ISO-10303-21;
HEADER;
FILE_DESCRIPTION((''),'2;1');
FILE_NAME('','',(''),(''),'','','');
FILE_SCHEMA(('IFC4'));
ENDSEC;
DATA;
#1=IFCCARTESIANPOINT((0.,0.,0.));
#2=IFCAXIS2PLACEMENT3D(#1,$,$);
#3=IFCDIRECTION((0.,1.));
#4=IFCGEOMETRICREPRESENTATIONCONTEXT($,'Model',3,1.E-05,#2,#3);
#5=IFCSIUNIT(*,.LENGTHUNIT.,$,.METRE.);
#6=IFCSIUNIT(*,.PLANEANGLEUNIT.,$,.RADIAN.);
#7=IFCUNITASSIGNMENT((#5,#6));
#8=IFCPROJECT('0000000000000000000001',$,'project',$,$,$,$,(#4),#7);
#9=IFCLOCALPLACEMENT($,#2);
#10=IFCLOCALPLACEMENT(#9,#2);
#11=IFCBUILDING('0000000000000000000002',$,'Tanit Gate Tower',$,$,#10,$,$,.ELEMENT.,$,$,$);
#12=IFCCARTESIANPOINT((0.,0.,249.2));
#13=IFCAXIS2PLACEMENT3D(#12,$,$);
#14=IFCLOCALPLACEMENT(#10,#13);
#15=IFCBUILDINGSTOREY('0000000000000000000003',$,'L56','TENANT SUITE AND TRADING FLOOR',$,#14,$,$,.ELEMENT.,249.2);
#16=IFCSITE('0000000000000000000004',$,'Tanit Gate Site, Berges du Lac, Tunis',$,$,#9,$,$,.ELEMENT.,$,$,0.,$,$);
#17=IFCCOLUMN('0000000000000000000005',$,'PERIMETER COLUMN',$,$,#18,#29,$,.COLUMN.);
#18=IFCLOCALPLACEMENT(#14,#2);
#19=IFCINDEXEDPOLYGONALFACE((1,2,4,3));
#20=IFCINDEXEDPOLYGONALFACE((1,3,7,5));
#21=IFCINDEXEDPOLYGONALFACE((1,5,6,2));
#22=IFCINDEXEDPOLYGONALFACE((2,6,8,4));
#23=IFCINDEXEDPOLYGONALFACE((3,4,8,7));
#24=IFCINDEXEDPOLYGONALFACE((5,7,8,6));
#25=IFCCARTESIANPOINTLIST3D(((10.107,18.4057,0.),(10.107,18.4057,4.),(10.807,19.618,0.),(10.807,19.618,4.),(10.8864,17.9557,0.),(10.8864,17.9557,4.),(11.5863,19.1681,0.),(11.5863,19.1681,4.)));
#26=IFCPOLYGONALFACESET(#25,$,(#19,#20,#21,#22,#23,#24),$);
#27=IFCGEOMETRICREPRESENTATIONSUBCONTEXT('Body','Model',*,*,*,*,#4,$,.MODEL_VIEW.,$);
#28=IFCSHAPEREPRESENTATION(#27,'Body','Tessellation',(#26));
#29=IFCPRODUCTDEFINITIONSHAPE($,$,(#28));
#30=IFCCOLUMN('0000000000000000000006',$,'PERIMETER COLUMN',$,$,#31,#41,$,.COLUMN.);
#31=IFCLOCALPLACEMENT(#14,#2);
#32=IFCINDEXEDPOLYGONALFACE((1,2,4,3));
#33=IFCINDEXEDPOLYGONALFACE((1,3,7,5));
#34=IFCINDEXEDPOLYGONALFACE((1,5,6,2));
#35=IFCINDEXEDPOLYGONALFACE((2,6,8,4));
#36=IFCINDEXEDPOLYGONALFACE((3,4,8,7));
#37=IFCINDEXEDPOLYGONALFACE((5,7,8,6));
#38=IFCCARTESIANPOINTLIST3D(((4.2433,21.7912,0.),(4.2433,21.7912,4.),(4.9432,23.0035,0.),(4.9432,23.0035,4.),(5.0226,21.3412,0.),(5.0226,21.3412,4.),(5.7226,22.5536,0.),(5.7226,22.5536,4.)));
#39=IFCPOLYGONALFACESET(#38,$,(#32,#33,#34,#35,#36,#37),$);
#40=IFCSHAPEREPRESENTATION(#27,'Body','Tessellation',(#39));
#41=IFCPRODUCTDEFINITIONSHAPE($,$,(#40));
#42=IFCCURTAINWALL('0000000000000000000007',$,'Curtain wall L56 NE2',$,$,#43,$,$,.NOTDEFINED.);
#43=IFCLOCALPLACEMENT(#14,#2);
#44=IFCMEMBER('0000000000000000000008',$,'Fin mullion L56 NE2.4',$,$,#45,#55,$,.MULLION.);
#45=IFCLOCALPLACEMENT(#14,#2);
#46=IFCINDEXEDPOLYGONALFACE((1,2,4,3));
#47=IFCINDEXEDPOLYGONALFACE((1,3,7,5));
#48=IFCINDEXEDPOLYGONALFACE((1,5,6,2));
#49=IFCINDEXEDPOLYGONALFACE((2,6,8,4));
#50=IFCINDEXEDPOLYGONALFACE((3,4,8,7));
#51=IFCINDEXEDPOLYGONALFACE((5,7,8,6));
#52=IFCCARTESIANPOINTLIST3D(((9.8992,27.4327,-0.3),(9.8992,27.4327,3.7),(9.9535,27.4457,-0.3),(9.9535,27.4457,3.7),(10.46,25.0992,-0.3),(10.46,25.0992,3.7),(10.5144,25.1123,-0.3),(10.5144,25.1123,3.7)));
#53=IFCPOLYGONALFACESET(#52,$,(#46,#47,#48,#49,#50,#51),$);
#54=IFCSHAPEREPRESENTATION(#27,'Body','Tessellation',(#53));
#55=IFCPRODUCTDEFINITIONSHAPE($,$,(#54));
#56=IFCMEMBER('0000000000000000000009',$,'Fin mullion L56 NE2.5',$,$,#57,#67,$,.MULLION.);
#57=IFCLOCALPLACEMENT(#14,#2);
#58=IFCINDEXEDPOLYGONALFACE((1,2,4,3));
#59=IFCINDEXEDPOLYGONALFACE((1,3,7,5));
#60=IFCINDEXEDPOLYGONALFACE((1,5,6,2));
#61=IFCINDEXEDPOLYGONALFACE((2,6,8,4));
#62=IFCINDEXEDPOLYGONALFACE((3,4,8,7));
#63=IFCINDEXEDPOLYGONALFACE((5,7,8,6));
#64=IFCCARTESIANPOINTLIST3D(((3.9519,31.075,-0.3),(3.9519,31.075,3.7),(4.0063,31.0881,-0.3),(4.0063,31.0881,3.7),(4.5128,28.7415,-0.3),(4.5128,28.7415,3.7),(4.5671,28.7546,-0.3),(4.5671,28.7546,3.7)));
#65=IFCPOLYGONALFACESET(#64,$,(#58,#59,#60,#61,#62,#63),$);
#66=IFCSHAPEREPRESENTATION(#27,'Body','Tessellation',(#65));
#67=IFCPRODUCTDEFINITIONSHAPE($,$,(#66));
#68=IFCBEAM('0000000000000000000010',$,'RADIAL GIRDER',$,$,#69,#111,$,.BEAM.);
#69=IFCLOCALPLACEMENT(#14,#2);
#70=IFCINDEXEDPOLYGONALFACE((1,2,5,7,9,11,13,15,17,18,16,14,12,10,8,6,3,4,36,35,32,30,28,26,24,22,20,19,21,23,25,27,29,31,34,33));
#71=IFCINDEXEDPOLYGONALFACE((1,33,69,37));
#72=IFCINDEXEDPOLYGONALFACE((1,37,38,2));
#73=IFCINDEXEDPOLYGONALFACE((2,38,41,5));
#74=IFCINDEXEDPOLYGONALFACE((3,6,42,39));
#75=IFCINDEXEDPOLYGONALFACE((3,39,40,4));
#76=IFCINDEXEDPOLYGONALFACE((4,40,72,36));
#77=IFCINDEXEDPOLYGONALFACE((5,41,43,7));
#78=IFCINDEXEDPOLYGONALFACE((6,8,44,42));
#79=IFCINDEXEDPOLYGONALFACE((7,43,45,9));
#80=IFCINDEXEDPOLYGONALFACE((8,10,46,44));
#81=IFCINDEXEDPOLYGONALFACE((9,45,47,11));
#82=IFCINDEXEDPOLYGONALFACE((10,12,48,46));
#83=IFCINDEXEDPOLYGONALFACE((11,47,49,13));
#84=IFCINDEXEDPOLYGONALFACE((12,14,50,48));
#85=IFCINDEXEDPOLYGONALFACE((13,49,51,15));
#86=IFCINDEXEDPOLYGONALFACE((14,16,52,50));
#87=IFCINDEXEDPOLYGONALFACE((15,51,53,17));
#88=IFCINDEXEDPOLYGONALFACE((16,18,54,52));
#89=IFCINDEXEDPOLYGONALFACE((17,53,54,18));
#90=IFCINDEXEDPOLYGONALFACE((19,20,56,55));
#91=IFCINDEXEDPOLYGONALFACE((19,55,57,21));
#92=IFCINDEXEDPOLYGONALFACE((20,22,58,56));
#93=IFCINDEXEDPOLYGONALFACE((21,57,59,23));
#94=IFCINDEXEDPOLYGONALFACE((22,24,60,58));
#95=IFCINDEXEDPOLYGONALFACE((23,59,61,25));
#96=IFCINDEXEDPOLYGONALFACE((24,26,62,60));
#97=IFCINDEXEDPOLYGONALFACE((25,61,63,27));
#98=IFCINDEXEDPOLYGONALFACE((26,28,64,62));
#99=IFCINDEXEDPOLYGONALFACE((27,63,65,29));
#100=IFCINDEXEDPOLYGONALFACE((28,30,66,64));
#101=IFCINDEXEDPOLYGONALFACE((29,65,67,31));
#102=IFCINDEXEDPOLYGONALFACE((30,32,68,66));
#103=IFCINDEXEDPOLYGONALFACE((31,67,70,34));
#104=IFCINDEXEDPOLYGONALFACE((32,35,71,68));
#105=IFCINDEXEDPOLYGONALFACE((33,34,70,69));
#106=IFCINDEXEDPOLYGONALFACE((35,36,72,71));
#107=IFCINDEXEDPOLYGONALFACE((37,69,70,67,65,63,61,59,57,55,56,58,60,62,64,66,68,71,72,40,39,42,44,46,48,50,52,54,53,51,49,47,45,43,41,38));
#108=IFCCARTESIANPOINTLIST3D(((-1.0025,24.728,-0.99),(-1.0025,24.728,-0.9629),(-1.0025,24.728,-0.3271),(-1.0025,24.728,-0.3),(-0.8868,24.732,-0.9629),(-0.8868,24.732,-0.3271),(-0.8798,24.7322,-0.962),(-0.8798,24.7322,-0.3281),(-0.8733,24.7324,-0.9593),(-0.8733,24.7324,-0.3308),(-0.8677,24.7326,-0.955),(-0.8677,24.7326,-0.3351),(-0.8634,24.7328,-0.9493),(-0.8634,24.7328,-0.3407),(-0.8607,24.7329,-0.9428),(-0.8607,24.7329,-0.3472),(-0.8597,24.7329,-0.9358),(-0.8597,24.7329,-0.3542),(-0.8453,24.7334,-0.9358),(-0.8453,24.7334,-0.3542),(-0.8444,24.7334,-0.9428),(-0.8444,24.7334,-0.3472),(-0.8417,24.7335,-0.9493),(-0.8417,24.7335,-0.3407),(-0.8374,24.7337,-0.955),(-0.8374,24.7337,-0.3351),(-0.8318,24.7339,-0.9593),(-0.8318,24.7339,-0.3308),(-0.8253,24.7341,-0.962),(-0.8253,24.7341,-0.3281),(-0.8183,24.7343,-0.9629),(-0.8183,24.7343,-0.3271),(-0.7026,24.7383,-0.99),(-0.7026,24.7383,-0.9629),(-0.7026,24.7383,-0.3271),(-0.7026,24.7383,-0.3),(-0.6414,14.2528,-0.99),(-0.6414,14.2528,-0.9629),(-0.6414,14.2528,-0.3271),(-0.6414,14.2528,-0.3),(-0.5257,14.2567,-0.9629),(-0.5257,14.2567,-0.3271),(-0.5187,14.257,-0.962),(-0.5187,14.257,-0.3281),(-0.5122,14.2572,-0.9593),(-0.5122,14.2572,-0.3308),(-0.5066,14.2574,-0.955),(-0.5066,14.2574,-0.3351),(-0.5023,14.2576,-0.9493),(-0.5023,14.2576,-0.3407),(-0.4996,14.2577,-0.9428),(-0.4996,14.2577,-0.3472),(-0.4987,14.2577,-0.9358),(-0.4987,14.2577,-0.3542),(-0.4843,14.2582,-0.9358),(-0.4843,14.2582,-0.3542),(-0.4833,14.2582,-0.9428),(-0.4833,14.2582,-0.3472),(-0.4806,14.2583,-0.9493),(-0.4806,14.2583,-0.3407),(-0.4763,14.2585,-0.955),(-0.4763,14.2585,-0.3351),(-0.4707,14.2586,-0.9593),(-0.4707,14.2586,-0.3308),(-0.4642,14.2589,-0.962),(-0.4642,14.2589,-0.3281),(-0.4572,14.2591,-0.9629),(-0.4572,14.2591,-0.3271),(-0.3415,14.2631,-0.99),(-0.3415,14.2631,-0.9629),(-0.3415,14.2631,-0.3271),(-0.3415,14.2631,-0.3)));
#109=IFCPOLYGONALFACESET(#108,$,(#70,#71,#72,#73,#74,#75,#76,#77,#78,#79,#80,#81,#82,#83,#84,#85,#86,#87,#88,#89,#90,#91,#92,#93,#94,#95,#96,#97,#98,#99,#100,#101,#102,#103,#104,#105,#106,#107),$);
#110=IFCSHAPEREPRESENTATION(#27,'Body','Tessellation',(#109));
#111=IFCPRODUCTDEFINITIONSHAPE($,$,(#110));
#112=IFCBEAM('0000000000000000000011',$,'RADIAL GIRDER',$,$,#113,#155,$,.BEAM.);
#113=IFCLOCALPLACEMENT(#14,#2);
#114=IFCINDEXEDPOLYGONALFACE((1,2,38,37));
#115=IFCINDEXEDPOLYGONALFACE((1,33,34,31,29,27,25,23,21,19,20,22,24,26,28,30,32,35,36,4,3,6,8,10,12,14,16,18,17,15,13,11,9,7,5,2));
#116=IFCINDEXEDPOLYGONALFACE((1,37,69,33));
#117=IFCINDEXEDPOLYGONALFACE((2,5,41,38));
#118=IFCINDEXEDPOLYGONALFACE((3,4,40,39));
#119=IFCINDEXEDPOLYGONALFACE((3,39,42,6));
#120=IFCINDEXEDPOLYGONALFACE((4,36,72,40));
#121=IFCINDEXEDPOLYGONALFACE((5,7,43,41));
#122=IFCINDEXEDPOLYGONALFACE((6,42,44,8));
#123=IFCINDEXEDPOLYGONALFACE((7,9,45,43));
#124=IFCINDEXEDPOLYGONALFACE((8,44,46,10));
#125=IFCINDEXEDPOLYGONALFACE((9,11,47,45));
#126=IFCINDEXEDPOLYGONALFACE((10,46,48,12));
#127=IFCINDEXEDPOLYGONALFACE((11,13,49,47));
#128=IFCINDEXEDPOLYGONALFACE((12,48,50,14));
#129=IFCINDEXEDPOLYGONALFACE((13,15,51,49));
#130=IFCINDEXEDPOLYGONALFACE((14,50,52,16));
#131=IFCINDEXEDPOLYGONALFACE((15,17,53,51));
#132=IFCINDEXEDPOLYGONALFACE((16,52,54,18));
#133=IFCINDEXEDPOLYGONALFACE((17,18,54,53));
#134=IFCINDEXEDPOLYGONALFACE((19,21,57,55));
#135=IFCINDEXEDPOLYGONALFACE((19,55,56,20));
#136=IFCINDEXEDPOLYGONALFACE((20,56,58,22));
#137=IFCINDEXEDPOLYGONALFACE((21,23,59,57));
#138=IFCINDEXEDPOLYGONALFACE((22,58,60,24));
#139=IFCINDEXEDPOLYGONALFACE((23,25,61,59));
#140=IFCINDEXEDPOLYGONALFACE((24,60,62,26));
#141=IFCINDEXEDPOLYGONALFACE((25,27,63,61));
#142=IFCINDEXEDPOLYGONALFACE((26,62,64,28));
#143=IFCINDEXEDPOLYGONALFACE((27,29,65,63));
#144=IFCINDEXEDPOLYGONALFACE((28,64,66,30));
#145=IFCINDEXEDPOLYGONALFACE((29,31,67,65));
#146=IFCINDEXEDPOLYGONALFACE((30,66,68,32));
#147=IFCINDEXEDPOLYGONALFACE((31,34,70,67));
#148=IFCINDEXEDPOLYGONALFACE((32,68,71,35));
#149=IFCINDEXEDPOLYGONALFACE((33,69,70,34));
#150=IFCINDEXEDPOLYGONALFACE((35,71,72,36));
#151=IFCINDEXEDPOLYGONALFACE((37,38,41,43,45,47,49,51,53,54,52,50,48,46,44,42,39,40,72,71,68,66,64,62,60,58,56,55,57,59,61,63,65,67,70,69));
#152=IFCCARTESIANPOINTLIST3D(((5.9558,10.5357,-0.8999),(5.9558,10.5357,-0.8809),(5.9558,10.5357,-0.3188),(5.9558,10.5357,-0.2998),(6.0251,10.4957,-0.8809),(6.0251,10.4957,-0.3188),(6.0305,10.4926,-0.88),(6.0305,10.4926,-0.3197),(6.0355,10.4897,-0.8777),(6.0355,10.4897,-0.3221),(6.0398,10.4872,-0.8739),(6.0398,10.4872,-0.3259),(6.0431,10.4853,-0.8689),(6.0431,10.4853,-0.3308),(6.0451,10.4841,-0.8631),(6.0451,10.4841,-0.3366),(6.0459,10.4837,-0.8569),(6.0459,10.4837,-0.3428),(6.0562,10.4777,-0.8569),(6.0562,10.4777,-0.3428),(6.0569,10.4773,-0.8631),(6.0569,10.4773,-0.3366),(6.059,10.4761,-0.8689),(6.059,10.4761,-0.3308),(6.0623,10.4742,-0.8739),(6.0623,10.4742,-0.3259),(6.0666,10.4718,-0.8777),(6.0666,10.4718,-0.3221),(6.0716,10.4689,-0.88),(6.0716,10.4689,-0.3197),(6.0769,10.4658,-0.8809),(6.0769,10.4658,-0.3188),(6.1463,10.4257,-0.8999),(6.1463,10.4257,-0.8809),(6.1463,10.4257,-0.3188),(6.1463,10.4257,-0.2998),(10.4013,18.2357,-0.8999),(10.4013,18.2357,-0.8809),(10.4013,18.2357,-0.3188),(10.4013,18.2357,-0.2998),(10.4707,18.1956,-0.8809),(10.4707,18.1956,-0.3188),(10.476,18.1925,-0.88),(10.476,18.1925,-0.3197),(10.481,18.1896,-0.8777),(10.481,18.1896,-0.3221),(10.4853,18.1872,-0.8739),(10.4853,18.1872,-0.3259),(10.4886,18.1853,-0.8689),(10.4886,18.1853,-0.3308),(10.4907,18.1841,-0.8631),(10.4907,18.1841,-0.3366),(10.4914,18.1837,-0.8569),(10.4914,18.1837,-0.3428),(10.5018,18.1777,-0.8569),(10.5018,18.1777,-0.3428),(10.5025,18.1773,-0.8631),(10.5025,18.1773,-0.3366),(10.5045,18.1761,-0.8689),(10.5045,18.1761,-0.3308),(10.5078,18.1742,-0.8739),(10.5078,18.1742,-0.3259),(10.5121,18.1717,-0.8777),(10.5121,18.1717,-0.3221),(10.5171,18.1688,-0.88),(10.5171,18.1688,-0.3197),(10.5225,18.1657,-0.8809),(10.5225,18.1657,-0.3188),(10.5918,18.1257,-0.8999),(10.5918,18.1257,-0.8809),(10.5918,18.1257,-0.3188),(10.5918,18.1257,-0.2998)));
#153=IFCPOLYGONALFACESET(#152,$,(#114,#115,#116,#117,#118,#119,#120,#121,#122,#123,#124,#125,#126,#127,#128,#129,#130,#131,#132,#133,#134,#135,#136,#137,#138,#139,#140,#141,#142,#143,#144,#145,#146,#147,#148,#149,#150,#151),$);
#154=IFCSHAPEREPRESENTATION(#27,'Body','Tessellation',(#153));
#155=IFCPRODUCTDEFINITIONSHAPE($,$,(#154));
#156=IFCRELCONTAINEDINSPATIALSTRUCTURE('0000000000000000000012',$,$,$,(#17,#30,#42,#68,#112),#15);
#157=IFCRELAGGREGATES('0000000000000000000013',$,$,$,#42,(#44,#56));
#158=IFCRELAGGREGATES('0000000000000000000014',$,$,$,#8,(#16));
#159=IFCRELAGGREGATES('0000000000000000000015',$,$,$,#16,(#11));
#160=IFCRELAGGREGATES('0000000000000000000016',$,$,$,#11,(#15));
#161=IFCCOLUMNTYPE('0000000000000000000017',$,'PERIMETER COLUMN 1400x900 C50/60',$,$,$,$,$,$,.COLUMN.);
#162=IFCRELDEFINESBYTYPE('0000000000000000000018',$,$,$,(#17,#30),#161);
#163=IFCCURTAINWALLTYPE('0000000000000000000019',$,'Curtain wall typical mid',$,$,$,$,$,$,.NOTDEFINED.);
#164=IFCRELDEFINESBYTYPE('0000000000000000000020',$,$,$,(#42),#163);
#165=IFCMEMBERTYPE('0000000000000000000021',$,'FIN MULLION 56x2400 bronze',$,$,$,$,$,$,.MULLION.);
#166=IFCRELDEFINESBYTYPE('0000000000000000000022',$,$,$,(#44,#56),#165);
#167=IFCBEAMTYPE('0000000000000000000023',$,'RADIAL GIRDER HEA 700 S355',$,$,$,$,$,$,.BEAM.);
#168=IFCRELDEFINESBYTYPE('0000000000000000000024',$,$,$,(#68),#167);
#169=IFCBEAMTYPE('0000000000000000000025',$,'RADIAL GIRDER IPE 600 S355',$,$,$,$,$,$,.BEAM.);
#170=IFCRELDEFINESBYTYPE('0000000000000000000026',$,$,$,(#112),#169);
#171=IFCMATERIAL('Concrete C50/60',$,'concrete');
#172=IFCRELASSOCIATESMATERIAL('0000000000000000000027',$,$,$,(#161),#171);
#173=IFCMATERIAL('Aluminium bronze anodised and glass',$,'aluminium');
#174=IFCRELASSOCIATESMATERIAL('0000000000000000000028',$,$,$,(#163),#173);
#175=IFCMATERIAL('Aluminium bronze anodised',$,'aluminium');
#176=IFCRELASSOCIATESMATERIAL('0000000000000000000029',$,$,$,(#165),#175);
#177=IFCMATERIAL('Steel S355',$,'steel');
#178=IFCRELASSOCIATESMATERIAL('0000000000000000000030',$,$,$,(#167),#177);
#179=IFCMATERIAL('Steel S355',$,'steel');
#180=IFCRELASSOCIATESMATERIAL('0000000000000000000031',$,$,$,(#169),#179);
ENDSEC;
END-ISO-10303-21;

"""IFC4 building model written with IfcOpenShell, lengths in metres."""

from ifc_helpers import new_model, si_unit, direction, frame, origin, origin_2d, place, context, subcontext, project, spatial, rectangle, i_section, extrude, material, material_profile, profile_set, type_object, element, aggregate, save


model = new_model("IFC4")

# Units and contexts
model_context = context("Model", 3, precision=1e-05, world=origin(), true_north=direction((0.0, 1.0)))
body_context = subcontext(model_context, "Body", "Model", "MODEL_VIEW")
ifc_project = project(units=[si_unit("LENGTHUNIT", "METRE"), si_unit("PLANEANGLEUNIT", "RADIAN")], contexts=[model_context])

# Site, building, storey
site_placement = place(None, origin())
site = spatial("IfcSite", under=ifc_project, at=site_placement, Name="Tanit Gate Site, Berges du Lac, Tunis", CompositionType="ELEMENT", RefElevation=0.0)
building_placement = place(site_placement, origin())
building = spatial("IfcBuilding", under=site, at=building_placement, Name="Tanit Gate Tower", CompositionType="ELEMENT")
storey_placement = place(building_placement, frame((0.0, 0.0, 249.2)))
storey = spatial("IfcBuildingStorey", under=building, at=storey_placement, Name="L56", Description="TENANT SUITE AND TRADING FLOOR", CompositionType="ELEMENT", Elevation=249.2)

# Columns
ifc_material_1 = material(Name="Concrete C50/60", Category="concrete")
ifc_material_profile_1 = material_profile(ifc_material_1, rectangle(XDim=1.3999, YDim=0.8999, at=origin_2d()), Name="RC 1400x900")
ifc_profile_set_1 = profile_set([ifc_material_profile_1], Name="Concrete C50/60")
column_type = type_object("IfcColumnType", Name="PERIMETER COLUMN 1400x900 C50/60", PredefinedType="COLUMN", material=ifc_profile_set_1)
for number, where, z_axis, x_axis, name in (
    (1, (10.8467, 18.7869, 0.0), (0.0, 0.0, 1.0), (0.5, 0.866025, 0.0), "PERIMETER COLUMN"),
    (2, (4.9829, 22.1724, 0.0), (0.0, 0.0, 1.0), (0.5, 0.866025, 0.0), "PERIMETER COLUMN"),
):
    element("IfcColumn", number, at=place(storey_placement, frame(where, z_axis=z_axis, x_axis=x_axis)), inside=storey, type_object=column_type, Name=name, PredefinedType="COLUMN", context=body_context, shape_type="SweptSolid", body=[
        extrude(rectangle(XDim=1.3999, YDim=0.8999, at=origin_2d()), origin(), (0.0, 0.0, 1.0), 4.0),
    ])

# Curtain wall, members
ifc_material_2 = material(Name="Aluminium bronze anodised and glass", Category="aluminium")
curtain_wall_type = type_object("IfcCurtainWallType", Name="Curtain wall typical mid", PredefinedType="NOTDEFINED", material=ifc_material_2)
curtain_wall_placement = place(storey_placement, origin())
curtain_wall = element("IfcCurtainWall", 3, at=curtain_wall_placement, inside=storey, type_object=curtain_wall_type, Name="Curtain wall L56 NE2", PredefinedType="NOTDEFINED")
ifc_material_3 = material(Name="Aluminium bronze anodised", Category="aluminium")
ifc_material_profile_2 = material_profile(ifc_material_3, rectangle(XDim=2.3999, YDim=0.0559, at=origin_2d()), Name="56x2400 bronze fin mullion")
ifc_profile_set_2 = profile_set([ifc_material_profile_2], Name="Aluminium bronze anodised")
member_type_1 = type_object("IfcMemberType", Name="FIN MULLION 56x2400 bronze", PredefinedType="MULLION", material=ifc_profile_set_2)
member_1_placement = place(storey_placement, frame((10.2068, 26.2725, -0.3), z_axis=(0.0, 0.0, 1.0), x_axis=(0.233691, -0.972311, 0.0)))
member_1 = element("IfcMember", 4, at=member_1_placement, type_object=member_type_1, Name="Fin mullion L56 NE2.4", PredefinedType="MULLION", context=body_context, shape_type="SweptSolid", body=[
    extrude(rectangle(XDim=2.3999, YDim=0.0559, at=origin_2d()), origin(), (0.0, 0.0, 1.0), 4.0),
])
member_2_placement = place(storey_placement, frame((4.2595, 29.9148, -0.3), z_axis=(0.0, 0.0, 1.0), x_axis=(0.233691, -0.972311, 0.0)))
member_2 = element("IfcMember", 5, at=member_2_placement, type_object=member_type_1, Name="Fin mullion L56 NE2.5", PredefinedType="MULLION", context=body_context, shape_type="SweptSolid", body=[
    extrude(rectangle(XDim=2.3999, YDim=0.0559, at=origin_2d()), origin(), (0.0, 0.0, 1.0), 4.0),
])

# Beams
ifc_material_4 = material(Name="Steel S355", Category="steel")
ifc_material_profile_3 = material_profile(ifc_material_4, i_section(OverallWidth=0.3, OverallDepth=0.6899, WebThickness=0.0144, FlangeThickness=0.0271, FilletRadius=0.0271, at=origin_2d()), Name="HEA 700")
ifc_profile_set_3 = profile_set([ifc_material_profile_3], Name="Steel S355")
beam_type_1 = type_object("IfcBeamType", Name="RADIAL GIRDER HEA 700 S355", PredefinedType="BEAM", material=ifc_profile_set_3)
beam_1_placement = place(storey_placement, frame((-0.8525, 24.7332, -0.645), z_axis=(0.034449, -0.999406, 0.0), x_axis=(0.999406, 0.034449, 0.0)))
element("IfcBeam", 6, at=beam_1_placement, inside=storey, type_object=beam_type_1, Name="RADIAL GIRDER", PredefinedType="BEAM", context=body_context, shape_type="SweptSolid", body=[
    extrude(i_section(OverallWidth=0.3, OverallDepth=0.6899, WebThickness=0.0144, FlangeThickness=0.0271, FilletRadius=0.0271, at=origin_2d()), origin(), (0.0, 0.0, 1.0), 10.4814),
])
ifc_material_5 = material(Name="Steel S355", Category="steel")
ifc_material_profile_4 = material_profile(ifc_material_5, i_section(OverallWidth=0.22, OverallDepth=0.6001, WebThickness=0.012, FlangeThickness=0.019, FilletRadius=0.0239, at=origin_2d()), Name="IPE 600")
ifc_profile_set_4 = profile_set([ifc_material_profile_4], Name="Steel S355")
beam_type_2 = type_object("IfcBeamType", Name="RADIAL GIRDER IPE 600 S355", PredefinedType="BEAM", material=ifc_profile_set_4)
beam_2_placement = place(storey_placement, frame((10.4966, 18.1807, -0.5999), z_axis=(-0.499999, -0.866026, 0.0), x_axis=(0.866026, -0.499999, 0.0)))
element("IfcBeam", 7, at=beam_2_placement, inside=storey, type_object=beam_type_2, Name="RADIAL GIRDER", PredefinedType="BEAM", context=body_context, shape_type="SweptSolid", body=[
    extrude(i_section(OverallWidth=0.22, OverallDepth=0.6001, WebThickness=0.012, FlangeThickness=0.019, FilletRadius=0.0239, at=origin_2d()), origin(), (0.0, 0.0, 1.0), 8.8911),
])

aggregate(curtain_wall, [member_1, member_2])

save(model, "model.ifc")
